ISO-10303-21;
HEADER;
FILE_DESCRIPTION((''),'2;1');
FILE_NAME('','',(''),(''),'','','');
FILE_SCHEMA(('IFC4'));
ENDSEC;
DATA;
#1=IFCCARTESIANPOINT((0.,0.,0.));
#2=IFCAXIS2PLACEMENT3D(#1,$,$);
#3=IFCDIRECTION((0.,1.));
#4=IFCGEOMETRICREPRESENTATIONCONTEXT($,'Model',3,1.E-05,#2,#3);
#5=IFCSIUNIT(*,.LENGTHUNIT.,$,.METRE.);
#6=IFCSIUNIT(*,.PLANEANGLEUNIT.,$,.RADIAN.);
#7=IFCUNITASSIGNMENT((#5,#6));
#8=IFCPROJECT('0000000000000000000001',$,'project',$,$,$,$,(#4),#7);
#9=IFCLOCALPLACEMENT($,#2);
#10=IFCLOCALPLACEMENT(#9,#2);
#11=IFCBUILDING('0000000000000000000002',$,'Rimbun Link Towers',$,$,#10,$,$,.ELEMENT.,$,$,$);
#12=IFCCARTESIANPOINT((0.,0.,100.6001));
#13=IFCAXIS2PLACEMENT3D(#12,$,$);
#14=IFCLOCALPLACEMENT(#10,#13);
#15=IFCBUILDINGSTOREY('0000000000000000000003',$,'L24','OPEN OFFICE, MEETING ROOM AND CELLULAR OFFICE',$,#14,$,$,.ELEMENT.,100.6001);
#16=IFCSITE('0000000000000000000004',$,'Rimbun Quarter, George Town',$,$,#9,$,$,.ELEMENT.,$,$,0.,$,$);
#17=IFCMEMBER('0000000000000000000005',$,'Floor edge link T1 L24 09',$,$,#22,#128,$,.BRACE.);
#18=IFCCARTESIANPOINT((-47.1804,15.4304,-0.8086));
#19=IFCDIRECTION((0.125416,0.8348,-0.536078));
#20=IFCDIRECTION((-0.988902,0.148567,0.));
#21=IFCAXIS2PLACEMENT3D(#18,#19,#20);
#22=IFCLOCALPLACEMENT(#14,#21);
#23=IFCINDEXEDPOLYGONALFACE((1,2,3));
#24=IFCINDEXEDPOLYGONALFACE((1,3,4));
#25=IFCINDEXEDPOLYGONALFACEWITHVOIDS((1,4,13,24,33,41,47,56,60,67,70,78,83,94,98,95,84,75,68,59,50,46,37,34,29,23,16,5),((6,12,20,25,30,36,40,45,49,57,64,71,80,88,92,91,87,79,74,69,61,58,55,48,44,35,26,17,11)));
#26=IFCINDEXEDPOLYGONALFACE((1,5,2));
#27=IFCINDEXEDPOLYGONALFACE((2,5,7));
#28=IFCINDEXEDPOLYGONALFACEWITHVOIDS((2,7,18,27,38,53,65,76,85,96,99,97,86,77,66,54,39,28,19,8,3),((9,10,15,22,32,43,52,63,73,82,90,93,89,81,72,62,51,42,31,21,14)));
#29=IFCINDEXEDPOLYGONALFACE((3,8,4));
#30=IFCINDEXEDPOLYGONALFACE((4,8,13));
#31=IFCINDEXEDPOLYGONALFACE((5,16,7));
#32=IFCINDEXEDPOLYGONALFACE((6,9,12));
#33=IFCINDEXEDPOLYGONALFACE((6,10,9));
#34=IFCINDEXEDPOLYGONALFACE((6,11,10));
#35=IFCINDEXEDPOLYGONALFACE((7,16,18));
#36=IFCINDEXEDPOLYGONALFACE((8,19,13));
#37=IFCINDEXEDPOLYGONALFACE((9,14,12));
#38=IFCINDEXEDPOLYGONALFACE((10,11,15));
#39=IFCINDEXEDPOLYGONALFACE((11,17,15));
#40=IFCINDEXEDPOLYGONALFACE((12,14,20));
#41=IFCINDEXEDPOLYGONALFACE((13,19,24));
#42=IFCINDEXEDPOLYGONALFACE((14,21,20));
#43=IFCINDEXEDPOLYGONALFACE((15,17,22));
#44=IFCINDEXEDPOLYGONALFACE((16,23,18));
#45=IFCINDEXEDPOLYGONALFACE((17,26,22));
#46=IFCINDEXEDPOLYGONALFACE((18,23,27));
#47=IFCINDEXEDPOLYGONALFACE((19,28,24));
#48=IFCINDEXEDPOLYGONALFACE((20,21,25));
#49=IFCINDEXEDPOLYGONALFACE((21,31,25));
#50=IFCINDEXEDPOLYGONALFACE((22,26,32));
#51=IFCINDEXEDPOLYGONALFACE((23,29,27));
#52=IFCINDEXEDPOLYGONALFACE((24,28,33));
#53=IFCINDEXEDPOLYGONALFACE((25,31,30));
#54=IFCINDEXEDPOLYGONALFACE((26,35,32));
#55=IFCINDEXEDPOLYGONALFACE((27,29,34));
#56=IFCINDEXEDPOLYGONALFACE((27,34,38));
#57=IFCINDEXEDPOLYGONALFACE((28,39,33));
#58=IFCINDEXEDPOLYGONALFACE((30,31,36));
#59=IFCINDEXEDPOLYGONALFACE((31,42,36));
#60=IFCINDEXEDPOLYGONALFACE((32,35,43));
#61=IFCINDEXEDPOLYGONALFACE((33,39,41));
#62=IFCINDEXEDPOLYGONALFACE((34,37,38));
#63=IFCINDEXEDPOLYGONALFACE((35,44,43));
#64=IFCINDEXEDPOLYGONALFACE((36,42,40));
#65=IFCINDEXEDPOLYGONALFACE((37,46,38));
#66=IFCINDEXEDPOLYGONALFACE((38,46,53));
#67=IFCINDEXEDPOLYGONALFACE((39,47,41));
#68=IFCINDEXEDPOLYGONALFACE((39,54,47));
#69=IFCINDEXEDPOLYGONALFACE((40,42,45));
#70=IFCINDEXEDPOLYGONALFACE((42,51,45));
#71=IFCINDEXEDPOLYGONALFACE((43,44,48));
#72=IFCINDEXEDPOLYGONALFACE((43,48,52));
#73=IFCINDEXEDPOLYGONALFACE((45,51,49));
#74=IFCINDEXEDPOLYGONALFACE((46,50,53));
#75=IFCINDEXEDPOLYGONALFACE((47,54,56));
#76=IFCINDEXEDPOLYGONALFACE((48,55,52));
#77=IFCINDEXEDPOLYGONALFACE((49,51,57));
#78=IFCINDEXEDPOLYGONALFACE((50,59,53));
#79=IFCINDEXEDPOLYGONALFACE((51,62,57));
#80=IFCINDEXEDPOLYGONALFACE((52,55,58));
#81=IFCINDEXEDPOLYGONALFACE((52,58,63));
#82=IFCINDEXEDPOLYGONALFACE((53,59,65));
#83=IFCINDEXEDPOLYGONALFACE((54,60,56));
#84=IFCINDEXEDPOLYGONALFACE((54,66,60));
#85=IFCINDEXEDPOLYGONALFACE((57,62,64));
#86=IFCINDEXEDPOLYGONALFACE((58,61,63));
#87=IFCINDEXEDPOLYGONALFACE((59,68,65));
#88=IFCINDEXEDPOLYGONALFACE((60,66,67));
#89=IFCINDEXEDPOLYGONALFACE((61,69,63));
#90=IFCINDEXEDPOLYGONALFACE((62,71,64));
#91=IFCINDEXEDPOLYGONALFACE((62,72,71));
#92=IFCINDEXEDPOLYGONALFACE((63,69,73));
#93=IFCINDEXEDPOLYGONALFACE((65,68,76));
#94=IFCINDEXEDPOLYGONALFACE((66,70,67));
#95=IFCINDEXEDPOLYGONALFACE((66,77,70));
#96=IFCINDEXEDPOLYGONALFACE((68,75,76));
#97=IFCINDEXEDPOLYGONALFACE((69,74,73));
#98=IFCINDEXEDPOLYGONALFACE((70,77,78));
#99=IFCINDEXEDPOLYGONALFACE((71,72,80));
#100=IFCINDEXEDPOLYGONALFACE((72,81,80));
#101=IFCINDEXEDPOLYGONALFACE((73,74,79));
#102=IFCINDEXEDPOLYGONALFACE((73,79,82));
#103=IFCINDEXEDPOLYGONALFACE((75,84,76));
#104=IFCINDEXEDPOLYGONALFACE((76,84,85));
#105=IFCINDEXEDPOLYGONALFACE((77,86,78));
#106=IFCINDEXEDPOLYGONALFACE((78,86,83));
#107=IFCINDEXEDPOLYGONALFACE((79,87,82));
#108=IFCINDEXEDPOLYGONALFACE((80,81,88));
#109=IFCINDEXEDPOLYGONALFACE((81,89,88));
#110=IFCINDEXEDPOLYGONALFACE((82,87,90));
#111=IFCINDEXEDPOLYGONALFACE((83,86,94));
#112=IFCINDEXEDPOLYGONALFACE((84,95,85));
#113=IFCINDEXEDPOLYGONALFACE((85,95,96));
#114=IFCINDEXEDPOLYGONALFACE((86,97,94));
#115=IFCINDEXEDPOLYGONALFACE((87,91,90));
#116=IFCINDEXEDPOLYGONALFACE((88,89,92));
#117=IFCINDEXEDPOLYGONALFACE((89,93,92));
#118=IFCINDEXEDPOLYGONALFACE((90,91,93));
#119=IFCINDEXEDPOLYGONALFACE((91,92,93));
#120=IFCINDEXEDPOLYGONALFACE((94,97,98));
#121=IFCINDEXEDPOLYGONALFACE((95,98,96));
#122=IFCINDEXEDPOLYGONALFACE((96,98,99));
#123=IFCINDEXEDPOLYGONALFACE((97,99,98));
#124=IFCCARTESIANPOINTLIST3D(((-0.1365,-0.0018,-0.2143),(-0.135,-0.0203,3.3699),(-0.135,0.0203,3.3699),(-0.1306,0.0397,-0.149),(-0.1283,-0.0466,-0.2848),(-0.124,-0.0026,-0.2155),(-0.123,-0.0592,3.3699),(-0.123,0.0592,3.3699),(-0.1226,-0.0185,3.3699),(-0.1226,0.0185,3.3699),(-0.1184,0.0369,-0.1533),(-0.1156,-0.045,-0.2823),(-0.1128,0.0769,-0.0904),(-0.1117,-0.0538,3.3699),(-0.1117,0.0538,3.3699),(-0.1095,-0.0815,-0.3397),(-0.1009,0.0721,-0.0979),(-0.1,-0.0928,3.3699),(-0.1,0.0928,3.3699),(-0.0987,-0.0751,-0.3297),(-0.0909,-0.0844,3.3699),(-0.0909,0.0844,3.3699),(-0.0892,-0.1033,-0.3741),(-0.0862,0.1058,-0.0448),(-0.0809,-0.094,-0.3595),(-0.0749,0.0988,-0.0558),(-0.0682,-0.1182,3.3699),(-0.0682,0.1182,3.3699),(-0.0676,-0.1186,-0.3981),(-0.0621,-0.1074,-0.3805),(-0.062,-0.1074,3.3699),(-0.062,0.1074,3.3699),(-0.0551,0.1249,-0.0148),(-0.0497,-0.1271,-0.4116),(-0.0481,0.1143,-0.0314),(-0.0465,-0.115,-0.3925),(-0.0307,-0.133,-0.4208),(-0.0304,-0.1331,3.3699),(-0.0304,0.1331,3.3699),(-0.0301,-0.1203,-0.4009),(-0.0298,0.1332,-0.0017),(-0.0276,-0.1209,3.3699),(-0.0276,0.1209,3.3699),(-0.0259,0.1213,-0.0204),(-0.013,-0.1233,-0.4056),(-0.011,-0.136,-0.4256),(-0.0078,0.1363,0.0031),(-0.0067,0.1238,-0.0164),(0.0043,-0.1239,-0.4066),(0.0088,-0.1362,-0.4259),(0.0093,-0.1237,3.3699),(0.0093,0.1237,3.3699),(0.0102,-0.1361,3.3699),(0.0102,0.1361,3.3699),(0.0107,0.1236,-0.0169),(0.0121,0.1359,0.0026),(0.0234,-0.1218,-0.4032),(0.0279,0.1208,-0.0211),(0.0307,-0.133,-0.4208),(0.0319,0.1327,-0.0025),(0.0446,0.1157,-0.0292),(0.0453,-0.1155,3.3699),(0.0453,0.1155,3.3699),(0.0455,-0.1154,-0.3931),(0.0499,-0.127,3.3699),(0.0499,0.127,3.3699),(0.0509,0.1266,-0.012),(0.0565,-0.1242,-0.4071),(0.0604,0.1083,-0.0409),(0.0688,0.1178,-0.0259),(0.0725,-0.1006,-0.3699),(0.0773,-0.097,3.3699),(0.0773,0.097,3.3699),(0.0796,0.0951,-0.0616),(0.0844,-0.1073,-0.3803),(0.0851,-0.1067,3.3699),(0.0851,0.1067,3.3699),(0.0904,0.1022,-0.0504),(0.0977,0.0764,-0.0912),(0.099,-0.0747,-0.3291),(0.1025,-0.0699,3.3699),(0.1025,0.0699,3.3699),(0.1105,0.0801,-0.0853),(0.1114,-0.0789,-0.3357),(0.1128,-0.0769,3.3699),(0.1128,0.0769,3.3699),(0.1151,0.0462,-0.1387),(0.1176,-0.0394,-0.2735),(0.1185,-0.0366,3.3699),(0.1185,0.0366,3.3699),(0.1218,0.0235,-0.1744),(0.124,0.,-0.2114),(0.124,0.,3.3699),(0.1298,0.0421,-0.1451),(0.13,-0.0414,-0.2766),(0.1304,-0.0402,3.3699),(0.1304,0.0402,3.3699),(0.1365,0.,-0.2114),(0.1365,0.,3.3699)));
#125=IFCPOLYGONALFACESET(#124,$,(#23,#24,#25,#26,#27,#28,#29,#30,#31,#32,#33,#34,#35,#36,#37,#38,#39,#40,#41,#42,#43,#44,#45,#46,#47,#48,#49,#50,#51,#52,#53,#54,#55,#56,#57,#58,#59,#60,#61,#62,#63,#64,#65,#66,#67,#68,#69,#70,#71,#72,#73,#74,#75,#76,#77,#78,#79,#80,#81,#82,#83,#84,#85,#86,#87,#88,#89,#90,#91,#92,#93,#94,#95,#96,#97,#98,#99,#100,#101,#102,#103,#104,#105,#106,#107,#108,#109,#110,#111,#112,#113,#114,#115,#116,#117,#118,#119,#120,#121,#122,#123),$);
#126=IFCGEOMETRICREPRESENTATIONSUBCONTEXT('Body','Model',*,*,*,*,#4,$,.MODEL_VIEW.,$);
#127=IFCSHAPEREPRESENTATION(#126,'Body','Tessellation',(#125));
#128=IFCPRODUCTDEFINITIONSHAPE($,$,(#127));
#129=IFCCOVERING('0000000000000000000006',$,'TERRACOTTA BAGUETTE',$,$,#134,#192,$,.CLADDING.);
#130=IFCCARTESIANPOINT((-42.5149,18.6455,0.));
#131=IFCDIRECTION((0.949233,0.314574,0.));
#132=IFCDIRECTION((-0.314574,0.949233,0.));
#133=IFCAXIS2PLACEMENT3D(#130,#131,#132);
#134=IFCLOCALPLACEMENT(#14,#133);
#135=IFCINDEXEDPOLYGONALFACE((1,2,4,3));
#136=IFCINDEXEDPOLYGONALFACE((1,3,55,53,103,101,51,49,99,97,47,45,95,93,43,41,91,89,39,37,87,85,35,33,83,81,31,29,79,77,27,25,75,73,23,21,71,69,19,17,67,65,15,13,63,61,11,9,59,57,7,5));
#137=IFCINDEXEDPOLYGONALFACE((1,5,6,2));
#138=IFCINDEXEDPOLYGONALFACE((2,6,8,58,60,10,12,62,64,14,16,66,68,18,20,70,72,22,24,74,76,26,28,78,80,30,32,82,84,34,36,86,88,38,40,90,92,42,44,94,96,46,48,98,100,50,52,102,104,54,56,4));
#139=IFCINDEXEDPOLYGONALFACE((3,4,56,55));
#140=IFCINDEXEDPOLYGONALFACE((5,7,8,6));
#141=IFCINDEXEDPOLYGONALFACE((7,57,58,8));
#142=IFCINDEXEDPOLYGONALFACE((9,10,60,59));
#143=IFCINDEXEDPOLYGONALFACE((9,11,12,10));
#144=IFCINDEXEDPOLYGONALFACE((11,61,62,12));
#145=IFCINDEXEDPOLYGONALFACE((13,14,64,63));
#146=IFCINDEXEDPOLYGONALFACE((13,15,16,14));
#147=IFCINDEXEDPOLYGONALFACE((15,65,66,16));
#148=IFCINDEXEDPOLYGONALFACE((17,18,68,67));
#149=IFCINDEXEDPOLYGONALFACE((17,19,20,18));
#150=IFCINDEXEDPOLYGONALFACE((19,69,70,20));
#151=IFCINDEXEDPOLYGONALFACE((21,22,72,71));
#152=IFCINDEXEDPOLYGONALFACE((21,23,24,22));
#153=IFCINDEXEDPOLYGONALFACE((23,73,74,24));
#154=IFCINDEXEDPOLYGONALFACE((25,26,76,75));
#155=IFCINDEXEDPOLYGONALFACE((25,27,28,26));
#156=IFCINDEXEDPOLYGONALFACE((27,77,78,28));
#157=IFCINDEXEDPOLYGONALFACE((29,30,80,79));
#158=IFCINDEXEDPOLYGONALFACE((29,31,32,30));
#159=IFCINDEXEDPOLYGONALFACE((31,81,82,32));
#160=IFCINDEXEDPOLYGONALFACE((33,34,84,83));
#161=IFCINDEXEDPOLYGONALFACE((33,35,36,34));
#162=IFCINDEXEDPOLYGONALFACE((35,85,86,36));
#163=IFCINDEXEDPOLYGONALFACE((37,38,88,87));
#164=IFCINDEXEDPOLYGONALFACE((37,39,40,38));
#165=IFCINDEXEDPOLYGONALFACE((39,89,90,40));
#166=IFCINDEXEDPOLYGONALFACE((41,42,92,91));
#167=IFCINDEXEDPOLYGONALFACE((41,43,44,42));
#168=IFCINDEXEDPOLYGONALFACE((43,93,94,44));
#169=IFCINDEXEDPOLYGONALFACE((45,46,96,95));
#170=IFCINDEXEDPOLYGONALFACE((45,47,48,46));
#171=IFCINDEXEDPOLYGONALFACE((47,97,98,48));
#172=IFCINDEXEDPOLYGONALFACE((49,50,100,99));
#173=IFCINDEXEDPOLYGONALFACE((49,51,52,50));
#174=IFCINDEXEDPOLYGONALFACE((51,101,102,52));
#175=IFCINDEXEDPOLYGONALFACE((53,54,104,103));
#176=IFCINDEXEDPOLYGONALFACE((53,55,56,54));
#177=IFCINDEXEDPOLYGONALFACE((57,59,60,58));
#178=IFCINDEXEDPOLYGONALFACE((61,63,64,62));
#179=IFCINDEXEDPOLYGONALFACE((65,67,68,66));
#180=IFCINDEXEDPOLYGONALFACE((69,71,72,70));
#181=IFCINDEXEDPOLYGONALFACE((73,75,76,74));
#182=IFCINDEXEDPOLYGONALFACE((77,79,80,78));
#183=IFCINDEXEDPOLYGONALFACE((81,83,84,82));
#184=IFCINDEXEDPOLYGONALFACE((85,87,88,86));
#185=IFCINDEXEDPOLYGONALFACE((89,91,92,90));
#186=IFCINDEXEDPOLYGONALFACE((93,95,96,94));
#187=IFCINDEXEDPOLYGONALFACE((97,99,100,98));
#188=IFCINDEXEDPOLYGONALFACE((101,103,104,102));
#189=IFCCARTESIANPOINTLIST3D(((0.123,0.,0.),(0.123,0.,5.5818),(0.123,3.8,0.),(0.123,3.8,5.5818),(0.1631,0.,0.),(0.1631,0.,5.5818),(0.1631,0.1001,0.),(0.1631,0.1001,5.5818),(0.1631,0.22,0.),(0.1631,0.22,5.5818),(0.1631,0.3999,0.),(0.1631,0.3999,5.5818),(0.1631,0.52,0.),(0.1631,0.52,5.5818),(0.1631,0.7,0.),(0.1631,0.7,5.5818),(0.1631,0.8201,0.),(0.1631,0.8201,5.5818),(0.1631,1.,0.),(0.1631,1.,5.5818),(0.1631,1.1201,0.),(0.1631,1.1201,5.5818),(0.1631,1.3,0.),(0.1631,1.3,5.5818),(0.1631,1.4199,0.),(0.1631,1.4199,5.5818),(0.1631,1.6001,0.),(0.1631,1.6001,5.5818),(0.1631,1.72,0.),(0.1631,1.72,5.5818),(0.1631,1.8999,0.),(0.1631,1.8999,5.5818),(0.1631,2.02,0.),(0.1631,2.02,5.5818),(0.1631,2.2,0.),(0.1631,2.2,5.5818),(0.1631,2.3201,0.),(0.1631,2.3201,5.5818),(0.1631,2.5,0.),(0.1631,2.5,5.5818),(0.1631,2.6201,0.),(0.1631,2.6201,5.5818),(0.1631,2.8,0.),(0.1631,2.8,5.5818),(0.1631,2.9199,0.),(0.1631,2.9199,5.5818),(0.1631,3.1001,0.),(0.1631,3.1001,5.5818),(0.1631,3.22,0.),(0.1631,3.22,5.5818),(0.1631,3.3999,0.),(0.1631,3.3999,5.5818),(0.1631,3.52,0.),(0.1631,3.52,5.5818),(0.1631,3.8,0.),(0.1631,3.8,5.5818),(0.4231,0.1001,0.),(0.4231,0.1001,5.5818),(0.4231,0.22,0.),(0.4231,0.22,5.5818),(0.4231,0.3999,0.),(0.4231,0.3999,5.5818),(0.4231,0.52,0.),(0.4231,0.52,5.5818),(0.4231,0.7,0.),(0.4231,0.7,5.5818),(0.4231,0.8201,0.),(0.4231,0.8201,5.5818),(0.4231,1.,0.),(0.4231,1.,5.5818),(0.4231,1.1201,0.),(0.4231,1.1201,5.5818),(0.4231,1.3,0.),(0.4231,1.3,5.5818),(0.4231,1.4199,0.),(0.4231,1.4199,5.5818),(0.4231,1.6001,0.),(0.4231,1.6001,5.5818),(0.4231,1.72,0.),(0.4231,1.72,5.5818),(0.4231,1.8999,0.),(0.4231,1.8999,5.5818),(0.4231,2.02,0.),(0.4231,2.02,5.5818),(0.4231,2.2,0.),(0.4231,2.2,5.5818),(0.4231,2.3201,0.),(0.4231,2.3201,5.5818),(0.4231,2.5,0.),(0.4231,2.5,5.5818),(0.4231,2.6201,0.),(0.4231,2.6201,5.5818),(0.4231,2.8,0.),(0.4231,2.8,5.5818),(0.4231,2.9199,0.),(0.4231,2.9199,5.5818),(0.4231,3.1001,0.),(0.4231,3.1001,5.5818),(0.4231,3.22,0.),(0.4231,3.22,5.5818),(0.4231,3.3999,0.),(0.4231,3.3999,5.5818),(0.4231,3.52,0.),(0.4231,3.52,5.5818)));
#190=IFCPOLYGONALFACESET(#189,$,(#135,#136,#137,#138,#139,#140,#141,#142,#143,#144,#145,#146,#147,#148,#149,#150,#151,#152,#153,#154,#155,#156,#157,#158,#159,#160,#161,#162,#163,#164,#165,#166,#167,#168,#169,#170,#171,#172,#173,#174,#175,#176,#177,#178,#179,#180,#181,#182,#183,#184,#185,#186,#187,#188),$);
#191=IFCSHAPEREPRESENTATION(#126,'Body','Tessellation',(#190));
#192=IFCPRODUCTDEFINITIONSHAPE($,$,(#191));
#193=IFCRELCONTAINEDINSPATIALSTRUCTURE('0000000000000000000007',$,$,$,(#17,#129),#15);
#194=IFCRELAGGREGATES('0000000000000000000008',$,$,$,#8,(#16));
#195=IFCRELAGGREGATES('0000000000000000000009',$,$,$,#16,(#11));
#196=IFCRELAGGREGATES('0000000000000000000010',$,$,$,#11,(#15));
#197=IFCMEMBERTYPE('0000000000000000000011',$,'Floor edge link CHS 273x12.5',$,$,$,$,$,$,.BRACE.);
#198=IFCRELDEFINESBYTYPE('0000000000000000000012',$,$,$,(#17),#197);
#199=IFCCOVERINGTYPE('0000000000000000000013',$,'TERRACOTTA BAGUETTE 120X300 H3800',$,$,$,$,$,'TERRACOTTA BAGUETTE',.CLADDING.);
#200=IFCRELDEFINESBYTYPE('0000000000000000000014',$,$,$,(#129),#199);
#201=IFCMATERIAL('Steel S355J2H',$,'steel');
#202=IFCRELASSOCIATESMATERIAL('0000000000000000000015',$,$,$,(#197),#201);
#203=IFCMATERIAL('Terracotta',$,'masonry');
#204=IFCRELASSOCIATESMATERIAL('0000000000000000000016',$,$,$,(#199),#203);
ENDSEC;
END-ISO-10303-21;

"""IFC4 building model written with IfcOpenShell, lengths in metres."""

from ifc_helpers import new_model, si_unit, direction, frame, origin, origin_2d, place, context, subcontext, project, spatial, polyline, hollow_circle, outline, extrude, clip, halfspace, material, material_profile, profile_set, type_object, element, save


model = new_model("IFC4")

# Units and contexts
model_context = context("Model", 3, precision=1e-05, world=origin(), true_north=direction((0.0, 1.0)))
body_context = subcontext(model_context, "Body", "Model", "MODEL_VIEW")
ifc_project = project(units=[si_unit("LENGTHUNIT", "METRE"), si_unit("PLANEANGLEUNIT", "RADIAN")], contexts=[model_context])

# Site, building, storey
site_placement = place(None, origin())
site = spatial("IfcSite", under=ifc_project, at=site_placement, Name="Rimbun Quarter, George Town", CompositionType="ELEMENT", RefElevation=0.0)
building_placement = place(site_placement, origin())
building = spatial("IfcBuilding", under=site, at=building_placement, Name="Rimbun Link Towers", CompositionType="ELEMENT")
storey_placement = place(building_placement, frame((0.0, 0.0, 100.6001)))
storey = spatial("IfcBuildingStorey", under=building, at=storey_placement, Name="L24", Description="OPEN OFFICE, MEETING ROOM AND CELLULAR OFFICE", CompositionType="ELEMENT", Elevation=100.6001)

# Member
ifc_material_1 = material(Name="Steel S355J2H", Category="steel")
ifc_material_profile_1 = material_profile(ifc_material_1, hollow_circle(Radius=0.1365, WallThickness=0.0125, at=origin_2d()), Name="CHS 273x12.5")
ifc_profile_set_1 = profile_set([ifc_material_profile_1], Name="Steel S355J2H")
member_type_1 = type_object("IfcMemberType", Name="Floor edge link CHS 273x12.5", PredefinedType="BRACE", material=ifc_profile_set_1)
member_1_placement = place(storey_placement, frame((-47.1804, 15.4304, -0.8086), z_axis=(0.125416, 0.8348, -0.536078), x_axis=(-0.988902, 0.148567, 0.0)))
element("IfcMember", 1, at=member_1_placement, inside=storey, type_object=member_type_1, Name="Floor edge link T1 L24 09", PredefinedType="BRACE", context=body_context, shape_type="Clipping", body=[
    clip(extrude(hollow_circle(Radius=0.1365, WallThickness=0.0125, at=origin_2d()), frame((0.0, 0.0, -0.4485)), (0.0, 0.0, 1.0), 3.8184), halfspace(frame((0.0, 0.0, -0.2114), z_axis=(0.0, 0.844169, -0.536078)), False)),
])

# Covering
ifc_material_2 = material(Name="Terracotta", Category="masonry")
ifc_material_profile_2 = material_profile(ifc_material_2, outline(polyline([(0.123, 0.0), (0.1631, 0.0), (0.1631, 0.1001), (0.4231, 0.1001), (0.4231, 0.22), (0.1631, 0.22), (0.1631, 0.3999), (0.4231, 0.3999), (0.4231, 0.52), (0.1631, 0.52), (0.1631, 0.7), (0.4231, 0.7), (0.4231, 0.8201), (0.1631, 0.8201), (0.1631, 1.0), (0.4231, 1.0), (0.4231, 1.1201), (0.1631, 1.1201), (0.1631, 1.3), (0.4231, 1.3), (0.4231, 1.4199), (0.1631, 1.4199), (0.1631, 1.6001), (0.4231, 1.6001), (0.4231, 1.72), (0.1631, 1.72), (0.1631, 1.8999), (0.4231, 1.8999), (0.4231, 2.02), (0.1631, 2.02), (0.1631, 2.2), (0.4231, 2.2), (0.4231, 2.3201), (0.1631, 2.3201), (0.1631, 2.5), (0.4231, 2.5), (0.4231, 2.6201), (0.1631, 2.6201), (0.1631, 2.8), (0.4231, 2.8), (0.4231, 2.9199), (0.1631, 2.9199), (0.1631, 3.1001), (0.4231, 3.1001), (0.4231, 3.22), (0.1631, 3.22), (0.1631, 3.3999), (0.4231, 3.3999), (0.4231, 3.52), (0.1631, 3.52), (0.1631, 3.8), (0.123, 3.8), (0.123, 0.0)])), Name="BAGUETTE 120X300")
ifc_profile_set_2 = profile_set([ifc_material_profile_2], Name="Terracotta")
covering_type = type_object("IfcCoveringType", Name="TERRACOTTA BAGUETTE 120X300 H3800", ElementType="TERRACOTTA BAGUETTE", PredefinedType="CLADDING", material=ifc_profile_set_2)
covering_1_placement = place(storey_placement, frame((-42.5149, 18.6455, 0.0), z_axis=(0.949233, 0.314574, 0.0), x_axis=(-0.314574, 0.949233, 0.0)))
element("IfcCovering", 2, at=covering_1_placement, inside=storey, type_object=covering_type, Name="TERRACOTTA BAGUETTE", PredefinedType="CLADDING", context=body_context, shape_type="SweptSolid", body=[
    extrude(outline(polyline([(0.123, 0.0), (0.1631, 0.0), (0.1631, 0.1001), (0.4231, 0.1001), (0.4231, 0.22), (0.1631, 0.22), (0.1631, 0.3999), (0.4231, 0.3999), (0.4231, 0.52), (0.1631, 0.52), (0.1631, 0.7), (0.4231, 0.7), (0.4231, 0.8201), (0.1631, 0.8201), (0.1631, 1.0), (0.4231, 1.0), (0.4231, 1.1201), (0.1631, 1.1201), (0.1631, 1.3), (0.4231, 1.3), (0.4231, 1.4199), (0.1631, 1.4199), (0.1631, 1.6001), (0.4231, 1.6001), (0.4231, 1.72), (0.1631, 1.72), (0.1631, 1.8999), (0.4231, 1.8999), (0.4231, 2.02), (0.1631, 2.02), (0.1631, 2.2), (0.4231, 2.2), (0.4231, 2.3201), (0.1631, 2.3201), (0.1631, 2.5), (0.4231, 2.5), (0.4231, 2.6201), (0.1631, 2.6201), (0.1631, 2.8), (0.4231, 2.8), (0.4231, 2.9199), (0.1631, 2.9199), (0.1631, 3.1001), (0.4231, 3.1001), (0.4231, 3.22), (0.1631, 3.22), (0.1631, 3.3999), (0.4231, 3.3999), (0.4231, 3.52), (0.1631, 3.52), (0.1631, 3.8), (0.123, 3.8), (0.123, 0.0)])), origin(), (0.0, 0.0, 1.0), 5.5818),
])

save(model, "model.ifc")
